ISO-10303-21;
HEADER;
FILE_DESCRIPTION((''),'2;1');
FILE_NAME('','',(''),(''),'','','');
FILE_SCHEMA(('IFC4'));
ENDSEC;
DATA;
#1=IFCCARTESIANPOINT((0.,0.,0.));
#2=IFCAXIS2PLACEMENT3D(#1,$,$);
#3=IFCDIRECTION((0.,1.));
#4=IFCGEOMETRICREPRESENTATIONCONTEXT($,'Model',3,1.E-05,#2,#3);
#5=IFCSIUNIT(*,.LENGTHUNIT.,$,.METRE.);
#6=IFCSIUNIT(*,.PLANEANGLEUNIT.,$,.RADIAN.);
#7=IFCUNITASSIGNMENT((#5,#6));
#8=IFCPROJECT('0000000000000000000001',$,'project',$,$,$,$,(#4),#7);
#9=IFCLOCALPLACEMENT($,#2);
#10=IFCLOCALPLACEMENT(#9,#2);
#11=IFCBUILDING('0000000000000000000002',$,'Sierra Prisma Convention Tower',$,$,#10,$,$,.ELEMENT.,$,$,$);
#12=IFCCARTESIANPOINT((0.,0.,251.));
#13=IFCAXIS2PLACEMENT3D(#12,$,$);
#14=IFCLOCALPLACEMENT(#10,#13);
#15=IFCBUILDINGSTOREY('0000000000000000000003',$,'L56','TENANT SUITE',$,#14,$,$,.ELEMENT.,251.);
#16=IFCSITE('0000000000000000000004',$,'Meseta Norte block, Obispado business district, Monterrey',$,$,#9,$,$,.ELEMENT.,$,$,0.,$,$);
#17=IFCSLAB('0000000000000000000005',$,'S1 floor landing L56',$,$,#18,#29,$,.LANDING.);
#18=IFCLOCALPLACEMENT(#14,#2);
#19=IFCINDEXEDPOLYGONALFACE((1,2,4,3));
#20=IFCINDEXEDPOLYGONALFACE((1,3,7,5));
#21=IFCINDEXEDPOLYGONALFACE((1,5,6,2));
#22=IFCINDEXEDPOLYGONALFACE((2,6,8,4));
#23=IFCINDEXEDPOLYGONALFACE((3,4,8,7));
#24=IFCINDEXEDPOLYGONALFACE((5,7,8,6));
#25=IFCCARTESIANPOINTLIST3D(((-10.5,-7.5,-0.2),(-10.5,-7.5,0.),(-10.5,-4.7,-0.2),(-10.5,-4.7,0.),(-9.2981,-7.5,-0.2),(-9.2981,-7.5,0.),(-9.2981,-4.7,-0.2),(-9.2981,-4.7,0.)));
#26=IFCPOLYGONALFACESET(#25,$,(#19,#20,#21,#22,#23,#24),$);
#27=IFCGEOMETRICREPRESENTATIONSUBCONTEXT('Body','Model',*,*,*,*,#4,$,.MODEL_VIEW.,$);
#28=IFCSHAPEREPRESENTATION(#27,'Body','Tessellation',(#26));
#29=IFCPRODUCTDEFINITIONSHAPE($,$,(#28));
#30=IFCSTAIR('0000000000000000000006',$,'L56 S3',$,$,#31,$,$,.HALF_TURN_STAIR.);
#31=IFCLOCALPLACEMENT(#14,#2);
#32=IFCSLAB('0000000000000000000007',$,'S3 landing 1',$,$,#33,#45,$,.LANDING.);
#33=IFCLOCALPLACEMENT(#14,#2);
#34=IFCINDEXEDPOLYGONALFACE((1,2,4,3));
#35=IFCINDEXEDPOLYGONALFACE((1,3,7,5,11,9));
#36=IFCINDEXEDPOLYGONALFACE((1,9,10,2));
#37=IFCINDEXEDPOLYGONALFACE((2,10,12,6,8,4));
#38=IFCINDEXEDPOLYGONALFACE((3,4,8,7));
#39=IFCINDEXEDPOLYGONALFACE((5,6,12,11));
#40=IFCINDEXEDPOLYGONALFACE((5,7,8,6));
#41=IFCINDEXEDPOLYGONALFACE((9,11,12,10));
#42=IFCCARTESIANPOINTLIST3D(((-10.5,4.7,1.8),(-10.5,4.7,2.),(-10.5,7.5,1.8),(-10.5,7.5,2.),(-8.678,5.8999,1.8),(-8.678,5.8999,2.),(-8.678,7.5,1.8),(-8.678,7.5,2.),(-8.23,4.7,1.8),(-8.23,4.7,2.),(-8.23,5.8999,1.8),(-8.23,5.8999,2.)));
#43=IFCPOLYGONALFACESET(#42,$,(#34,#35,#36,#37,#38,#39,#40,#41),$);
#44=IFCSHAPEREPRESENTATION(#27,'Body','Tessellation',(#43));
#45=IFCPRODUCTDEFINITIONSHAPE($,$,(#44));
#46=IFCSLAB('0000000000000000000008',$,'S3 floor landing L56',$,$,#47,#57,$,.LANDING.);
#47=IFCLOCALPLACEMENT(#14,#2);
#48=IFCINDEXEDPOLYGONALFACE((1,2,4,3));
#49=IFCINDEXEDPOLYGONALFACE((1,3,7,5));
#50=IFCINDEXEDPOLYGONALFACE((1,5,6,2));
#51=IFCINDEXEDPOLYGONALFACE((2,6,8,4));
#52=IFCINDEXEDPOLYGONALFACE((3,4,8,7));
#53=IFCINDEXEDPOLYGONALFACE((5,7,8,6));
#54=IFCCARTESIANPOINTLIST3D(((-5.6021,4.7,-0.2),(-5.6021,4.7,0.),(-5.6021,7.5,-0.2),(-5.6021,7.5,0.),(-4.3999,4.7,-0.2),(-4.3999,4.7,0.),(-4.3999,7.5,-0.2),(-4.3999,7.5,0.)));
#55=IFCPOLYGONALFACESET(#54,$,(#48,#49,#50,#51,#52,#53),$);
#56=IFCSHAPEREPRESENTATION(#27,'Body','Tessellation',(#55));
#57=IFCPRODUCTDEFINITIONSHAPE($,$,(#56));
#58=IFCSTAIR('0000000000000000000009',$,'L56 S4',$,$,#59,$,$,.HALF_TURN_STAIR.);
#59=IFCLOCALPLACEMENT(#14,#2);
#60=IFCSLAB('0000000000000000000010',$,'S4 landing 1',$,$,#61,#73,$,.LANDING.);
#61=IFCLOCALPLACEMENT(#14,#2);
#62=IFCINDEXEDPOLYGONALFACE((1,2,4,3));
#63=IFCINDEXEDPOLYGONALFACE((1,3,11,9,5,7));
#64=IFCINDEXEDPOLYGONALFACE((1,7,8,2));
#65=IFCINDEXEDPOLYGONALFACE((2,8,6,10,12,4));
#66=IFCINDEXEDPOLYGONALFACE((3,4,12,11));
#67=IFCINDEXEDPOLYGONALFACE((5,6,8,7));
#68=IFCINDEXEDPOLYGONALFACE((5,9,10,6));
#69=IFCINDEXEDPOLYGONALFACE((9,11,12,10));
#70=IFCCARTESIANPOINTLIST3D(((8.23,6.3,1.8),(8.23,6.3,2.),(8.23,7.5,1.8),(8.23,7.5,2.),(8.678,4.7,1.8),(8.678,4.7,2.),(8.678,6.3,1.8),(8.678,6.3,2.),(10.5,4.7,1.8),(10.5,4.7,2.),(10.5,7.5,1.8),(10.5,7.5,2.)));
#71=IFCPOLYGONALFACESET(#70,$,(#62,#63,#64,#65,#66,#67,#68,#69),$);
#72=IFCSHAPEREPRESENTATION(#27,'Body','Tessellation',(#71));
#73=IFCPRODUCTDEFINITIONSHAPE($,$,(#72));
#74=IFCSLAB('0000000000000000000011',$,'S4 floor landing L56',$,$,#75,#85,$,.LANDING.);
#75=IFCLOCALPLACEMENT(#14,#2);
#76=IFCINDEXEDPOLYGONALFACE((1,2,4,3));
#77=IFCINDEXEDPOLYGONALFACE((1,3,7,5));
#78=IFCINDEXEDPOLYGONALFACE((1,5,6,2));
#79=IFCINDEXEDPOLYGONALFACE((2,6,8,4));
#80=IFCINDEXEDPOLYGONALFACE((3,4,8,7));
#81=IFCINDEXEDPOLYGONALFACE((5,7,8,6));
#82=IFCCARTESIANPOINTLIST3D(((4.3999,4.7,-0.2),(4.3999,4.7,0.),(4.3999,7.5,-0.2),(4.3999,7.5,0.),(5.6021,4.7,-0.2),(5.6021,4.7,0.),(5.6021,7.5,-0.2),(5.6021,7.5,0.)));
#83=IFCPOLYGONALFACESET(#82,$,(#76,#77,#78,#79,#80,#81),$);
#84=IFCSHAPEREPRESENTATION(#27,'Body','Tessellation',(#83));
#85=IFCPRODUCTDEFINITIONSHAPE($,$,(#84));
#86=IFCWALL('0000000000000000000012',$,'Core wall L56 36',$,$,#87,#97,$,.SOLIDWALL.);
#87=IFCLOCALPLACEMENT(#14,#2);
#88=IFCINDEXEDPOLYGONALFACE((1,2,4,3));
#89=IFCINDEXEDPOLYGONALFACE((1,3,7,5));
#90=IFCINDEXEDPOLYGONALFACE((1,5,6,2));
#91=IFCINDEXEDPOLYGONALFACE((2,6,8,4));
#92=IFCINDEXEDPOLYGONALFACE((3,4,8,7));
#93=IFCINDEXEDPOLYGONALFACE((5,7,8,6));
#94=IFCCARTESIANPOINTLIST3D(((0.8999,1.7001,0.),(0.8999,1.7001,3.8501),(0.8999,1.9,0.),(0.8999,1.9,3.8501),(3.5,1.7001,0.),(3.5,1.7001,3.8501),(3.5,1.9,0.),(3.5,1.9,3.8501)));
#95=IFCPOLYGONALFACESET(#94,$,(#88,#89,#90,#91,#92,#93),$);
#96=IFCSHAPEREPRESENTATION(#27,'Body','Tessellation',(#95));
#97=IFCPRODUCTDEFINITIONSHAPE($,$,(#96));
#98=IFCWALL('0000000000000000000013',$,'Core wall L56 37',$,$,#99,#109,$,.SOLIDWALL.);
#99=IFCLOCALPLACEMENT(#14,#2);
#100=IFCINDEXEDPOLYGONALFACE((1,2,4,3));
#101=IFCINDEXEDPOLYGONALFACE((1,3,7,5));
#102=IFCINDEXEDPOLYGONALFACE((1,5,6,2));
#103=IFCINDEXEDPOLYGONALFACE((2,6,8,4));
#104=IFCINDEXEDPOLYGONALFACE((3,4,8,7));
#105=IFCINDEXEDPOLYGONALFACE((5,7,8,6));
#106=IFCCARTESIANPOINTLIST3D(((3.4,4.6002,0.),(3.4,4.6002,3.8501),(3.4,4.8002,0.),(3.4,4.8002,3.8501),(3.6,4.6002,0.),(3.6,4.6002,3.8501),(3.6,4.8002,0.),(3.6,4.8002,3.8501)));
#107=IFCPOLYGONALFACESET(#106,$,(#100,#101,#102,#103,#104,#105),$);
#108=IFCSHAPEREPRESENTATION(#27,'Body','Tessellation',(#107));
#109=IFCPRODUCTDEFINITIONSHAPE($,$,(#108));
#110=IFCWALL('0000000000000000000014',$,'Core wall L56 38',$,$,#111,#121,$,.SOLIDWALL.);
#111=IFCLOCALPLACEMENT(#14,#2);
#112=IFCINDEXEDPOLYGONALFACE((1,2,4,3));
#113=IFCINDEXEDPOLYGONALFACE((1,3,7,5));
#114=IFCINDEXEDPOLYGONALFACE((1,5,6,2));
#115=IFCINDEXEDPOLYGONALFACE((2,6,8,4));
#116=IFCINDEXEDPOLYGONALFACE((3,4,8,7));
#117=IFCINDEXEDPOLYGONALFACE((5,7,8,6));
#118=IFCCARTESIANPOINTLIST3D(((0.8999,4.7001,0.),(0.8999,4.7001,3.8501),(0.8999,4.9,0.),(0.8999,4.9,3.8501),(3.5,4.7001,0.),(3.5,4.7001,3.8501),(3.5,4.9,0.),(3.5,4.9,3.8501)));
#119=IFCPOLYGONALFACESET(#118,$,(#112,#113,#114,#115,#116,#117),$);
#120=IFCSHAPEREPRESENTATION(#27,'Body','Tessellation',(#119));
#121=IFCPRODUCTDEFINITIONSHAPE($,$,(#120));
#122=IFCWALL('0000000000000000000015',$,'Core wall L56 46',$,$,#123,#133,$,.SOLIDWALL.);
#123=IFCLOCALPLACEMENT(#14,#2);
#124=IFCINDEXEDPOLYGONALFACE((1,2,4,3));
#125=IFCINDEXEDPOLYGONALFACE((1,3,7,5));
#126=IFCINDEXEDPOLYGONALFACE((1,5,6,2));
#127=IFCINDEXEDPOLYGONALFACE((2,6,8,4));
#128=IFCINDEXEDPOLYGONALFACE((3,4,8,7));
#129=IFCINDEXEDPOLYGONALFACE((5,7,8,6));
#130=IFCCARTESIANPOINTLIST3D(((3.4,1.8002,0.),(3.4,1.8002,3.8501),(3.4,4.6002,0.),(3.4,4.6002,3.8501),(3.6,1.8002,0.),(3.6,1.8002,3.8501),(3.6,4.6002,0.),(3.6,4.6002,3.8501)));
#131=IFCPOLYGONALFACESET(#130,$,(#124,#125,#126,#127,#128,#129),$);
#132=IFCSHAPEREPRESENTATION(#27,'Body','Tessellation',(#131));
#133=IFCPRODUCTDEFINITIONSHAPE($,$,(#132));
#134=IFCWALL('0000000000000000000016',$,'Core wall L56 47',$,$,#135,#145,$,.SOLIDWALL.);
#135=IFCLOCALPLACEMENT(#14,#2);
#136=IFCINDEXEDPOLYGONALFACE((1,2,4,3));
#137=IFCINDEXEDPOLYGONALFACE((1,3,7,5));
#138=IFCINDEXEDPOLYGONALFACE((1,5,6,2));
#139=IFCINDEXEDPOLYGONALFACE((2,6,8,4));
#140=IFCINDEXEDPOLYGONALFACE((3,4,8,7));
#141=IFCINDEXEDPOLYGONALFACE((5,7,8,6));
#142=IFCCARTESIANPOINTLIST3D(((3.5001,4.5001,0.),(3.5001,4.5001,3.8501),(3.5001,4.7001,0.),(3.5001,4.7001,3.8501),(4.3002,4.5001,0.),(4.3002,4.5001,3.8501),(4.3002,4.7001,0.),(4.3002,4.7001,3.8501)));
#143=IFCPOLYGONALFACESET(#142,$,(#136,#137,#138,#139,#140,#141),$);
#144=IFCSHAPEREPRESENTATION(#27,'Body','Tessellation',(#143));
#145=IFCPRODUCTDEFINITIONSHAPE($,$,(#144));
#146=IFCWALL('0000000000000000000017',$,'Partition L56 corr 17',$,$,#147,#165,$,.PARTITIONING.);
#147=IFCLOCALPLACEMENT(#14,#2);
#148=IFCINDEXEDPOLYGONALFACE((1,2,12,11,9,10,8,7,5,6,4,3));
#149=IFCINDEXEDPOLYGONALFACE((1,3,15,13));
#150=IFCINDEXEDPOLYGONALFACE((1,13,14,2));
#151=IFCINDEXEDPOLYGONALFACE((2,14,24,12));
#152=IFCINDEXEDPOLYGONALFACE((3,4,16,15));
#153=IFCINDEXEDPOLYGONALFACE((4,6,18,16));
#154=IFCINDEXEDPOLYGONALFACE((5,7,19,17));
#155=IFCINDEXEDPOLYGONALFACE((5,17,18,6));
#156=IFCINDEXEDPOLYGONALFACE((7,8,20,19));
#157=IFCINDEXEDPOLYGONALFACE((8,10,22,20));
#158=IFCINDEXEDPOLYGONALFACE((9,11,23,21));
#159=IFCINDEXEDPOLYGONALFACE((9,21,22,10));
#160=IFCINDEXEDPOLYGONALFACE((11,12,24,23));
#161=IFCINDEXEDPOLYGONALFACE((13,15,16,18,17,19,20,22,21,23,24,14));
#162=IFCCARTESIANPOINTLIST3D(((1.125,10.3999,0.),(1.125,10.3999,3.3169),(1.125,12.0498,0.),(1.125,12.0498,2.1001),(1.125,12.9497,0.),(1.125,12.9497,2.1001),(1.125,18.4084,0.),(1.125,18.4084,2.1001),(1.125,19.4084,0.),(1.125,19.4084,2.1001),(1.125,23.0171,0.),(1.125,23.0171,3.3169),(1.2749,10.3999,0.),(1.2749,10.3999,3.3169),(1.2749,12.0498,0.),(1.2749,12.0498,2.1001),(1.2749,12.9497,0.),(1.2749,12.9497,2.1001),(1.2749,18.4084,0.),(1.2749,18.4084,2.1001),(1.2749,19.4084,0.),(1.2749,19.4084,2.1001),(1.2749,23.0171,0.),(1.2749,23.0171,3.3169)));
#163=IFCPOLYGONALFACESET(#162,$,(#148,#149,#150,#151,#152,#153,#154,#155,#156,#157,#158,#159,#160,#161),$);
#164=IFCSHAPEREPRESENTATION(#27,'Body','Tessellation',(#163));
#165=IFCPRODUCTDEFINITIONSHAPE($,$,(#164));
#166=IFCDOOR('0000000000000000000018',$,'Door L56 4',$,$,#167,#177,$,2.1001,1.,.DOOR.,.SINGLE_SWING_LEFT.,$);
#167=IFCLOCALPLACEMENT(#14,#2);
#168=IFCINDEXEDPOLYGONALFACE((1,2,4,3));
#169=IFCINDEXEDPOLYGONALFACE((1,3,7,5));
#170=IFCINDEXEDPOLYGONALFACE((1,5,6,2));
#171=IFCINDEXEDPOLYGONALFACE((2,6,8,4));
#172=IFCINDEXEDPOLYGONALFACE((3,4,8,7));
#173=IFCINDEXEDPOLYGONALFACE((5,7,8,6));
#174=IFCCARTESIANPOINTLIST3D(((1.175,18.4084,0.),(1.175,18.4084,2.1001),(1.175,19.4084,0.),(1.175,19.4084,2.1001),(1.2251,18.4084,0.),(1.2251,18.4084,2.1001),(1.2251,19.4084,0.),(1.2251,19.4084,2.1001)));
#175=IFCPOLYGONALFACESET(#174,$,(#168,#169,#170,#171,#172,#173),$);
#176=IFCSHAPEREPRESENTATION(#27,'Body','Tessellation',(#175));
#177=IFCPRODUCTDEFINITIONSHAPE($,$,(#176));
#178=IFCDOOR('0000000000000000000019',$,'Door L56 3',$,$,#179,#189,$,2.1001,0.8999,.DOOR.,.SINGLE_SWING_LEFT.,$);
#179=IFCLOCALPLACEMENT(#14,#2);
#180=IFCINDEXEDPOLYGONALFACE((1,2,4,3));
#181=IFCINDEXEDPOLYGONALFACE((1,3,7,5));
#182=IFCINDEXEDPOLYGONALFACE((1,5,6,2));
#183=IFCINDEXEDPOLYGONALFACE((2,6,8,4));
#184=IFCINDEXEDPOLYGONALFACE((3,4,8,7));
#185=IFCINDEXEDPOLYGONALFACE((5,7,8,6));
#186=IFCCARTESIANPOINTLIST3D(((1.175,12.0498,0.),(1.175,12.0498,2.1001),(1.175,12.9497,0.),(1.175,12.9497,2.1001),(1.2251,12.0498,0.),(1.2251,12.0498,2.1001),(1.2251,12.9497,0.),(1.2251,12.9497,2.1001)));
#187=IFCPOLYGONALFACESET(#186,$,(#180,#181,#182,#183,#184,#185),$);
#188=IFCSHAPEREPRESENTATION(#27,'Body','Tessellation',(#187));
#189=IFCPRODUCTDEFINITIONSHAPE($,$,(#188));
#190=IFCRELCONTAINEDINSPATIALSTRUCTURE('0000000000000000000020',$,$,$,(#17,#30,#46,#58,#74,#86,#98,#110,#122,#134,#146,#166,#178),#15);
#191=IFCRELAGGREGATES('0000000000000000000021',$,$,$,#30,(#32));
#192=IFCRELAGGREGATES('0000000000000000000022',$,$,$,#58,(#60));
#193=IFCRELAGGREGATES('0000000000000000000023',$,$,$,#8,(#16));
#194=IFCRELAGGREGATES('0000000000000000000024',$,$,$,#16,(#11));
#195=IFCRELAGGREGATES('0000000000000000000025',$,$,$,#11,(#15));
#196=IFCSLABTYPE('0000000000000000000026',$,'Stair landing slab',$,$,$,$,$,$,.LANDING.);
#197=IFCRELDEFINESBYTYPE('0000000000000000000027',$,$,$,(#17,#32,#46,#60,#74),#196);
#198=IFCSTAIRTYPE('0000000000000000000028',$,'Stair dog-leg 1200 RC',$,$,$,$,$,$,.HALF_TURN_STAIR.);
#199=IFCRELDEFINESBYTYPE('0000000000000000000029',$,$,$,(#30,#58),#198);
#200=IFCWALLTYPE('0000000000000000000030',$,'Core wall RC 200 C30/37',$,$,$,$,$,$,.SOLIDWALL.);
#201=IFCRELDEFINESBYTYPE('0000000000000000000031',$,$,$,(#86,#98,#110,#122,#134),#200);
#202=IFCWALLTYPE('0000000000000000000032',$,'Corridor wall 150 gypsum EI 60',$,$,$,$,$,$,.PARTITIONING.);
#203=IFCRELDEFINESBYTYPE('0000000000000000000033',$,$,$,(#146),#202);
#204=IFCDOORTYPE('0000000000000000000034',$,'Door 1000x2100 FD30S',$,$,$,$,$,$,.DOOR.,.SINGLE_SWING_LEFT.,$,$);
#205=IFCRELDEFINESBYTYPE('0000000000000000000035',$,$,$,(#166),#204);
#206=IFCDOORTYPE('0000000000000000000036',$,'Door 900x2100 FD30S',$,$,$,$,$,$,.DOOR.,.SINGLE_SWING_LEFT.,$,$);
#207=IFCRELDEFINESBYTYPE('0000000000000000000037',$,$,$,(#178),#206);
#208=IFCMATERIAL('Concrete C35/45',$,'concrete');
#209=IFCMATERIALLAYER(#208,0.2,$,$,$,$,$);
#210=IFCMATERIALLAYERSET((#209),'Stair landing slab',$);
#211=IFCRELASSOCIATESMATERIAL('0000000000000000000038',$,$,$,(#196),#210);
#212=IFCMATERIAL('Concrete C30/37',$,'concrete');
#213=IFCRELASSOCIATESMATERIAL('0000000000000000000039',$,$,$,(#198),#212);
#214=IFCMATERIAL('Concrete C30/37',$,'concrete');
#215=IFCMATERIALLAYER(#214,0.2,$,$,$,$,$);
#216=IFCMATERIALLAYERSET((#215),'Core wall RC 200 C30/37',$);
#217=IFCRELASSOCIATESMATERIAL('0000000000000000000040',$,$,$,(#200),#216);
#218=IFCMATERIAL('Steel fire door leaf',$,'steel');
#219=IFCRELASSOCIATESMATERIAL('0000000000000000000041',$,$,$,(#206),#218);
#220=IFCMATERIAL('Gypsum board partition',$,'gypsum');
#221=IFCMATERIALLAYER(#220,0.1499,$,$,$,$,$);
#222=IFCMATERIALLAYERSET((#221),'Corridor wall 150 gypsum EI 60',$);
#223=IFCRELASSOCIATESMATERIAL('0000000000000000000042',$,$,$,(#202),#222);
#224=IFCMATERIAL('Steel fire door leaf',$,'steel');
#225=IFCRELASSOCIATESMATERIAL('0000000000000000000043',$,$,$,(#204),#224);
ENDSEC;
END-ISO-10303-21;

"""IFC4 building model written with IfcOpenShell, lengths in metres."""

from ifc_helpers import new_model, si_unit, direction, frame, frame_2d, origin, place, context, subcontext, project, spatial, polyline, rectangle, outline, extrude, material, layer, layer_set, type_object, element, fill, aggregate, save


model = new_model("IFC4")

# Units and contexts
model_context = context("Model", 3, precision=1e-05, world=origin(), true_north=direction((0.0, 1.0)))
body_context = subcontext(model_context, "Body", "Model", "MODEL_VIEW")
ifc_project = project(units=[si_unit("LENGTHUNIT", "METRE"), si_unit("PLANEANGLEUNIT", "RADIAN")], contexts=[model_context])

# Site, building, storey
site_placement = place(None, origin())
site = spatial("IfcSite", under=ifc_project, at=site_placement, Name="Meseta Norte block, Obispado business district, Monterrey", CompositionType="ELEMENT", RefElevation=0.0)
building_placement = place(site_placement, origin())
building = spatial("IfcBuilding", under=site, at=building_placement, Name="Sierra Prisma Convention Tower", CompositionType="ELEMENT")
storey_placement = place(building_placement, frame((0.0, 0.0, 251.0)))
storey = spatial("IfcBuildingStorey", under=building, at=storey_placement, Name="L56", Description="TENANT SUITE", CompositionType="ELEMENT", Elevation=251.0)

# Slab
ifc_material_1 = material(Name="Concrete C35/45", Category="concrete")
ifc_layer_1 = layer(ifc_material_1, 0.2)
ifc_layer_set_1 = layer_set([ifc_layer_1], Name="Stair landing slab")
slab_type = type_object("IfcSlabType", Name="Stair landing slab", PredefinedType="LANDING", material=ifc_layer_set_1)
slab_1_placement = place(storey_placement, frame((0.0, 0.0, -0.2)))
element("IfcSlab", 1, at=slab_1_placement, inside=storey, type_object=slab_type, Name="S1 floor landing L56", PredefinedType="LANDING", context=body_context, shape_type="SweptSolid", body=[
    extrude(outline(polyline([(-10.5, -7.5), (-9.2981, -7.5), (-9.2981, -4.7), (-10.5, -4.7), (-10.5, -7.5)])), origin(), (0.0, 0.0, 1.0), 0.2),
])

# Stair, slab
ifc_material_2 = material(Name="Concrete C30/37", Category="concrete")
stair_type = type_object("IfcStairType", Name="Stair dog-leg 1200 RC", PredefinedType="HALF_TURN_STAIR", material=ifc_material_2)
stair_1_placement = place(storey_placement, origin())
stair_1 = element("IfcStair", 2, at=stair_1_placement, inside=storey, type_object=stair_type, Name="L56 S3", PredefinedType="HALF_TURN_STAIR")
slab_2_placement = place(storey_placement, frame((0.0, 0.0, 1.8)))
slab_2 = element("IfcSlab", 3, at=slab_2_placement, type_object=slab_type, Name="S3 landing 1", PredefinedType="LANDING", context=body_context, shape_type="SweptSolid", body=[
    extrude(outline(polyline([(-8.23, 5.8999), (-8.23, 4.7), (-10.5, 4.7), (-10.5, 7.5), (-8.678, 7.5), (-8.678, 5.8999), (-8.23, 5.8999)])), origin(), (0.0, 0.0, 1.0), 0.2),
])
aggregate(stair_1, [slab_2])

# Slab
slab_3_placement = place(storey_placement, frame((0.0, 0.0, -0.2)))
element("IfcSlab", 4, at=slab_3_placement, inside=storey, type_object=slab_type, Name="S3 floor landing L56", PredefinedType="LANDING", context=body_context, shape_type="SweptSolid", body=[
    extrude(outline(polyline([(-4.3999, 7.5), (-5.6021, 7.5), (-5.6021, 4.7), (-4.3999, 4.7), (-4.3999, 7.5)])), origin(), (0.0, 0.0, 1.0), 0.2),
])

# Stair, slab
stair_2_placement = place(storey_placement, origin())
stair_2 = element("IfcStair", 5, at=stair_2_placement, inside=storey, type_object=stair_type, Name="L56 S4", PredefinedType="HALF_TURN_STAIR")
slab_4_placement = place(storey_placement, frame((0.0, 0.0, 1.8)))
slab_4 = element("IfcSlab", 6, at=slab_4_placement, type_object=slab_type, Name="S4 landing 1", PredefinedType="LANDING", context=body_context, shape_type="SweptSolid", body=[
    extrude(outline(polyline([(10.5, 7.5), (10.5, 4.7), (8.678, 4.7), (8.678, 6.3), (8.23, 6.3), (8.23, 7.5), (10.5, 7.5)])), origin(), (0.0, 0.0, 1.0), 0.2),
])
aggregate(stair_2, [slab_4])

# Slab
slab_5_placement = place(storey_placement, frame((0.0, 0.0, -0.2)))
element("IfcSlab", 7, at=slab_5_placement, inside=storey, type_object=slab_type, Name="S4 floor landing L56", PredefinedType="LANDING", context=body_context, shape_type="SweptSolid", body=[
    extrude(outline(polyline([(4.3999, 4.7), (5.6021, 4.7), (5.6021, 7.5), (4.3999, 7.5), (4.3999, 4.7)])), origin(), (0.0, 0.0, 1.0), 0.2),
])

# Shared definitions
ifc_material_3 = material(Name="Concrete C30/37", Category="concrete")
ifc_layer_2 = layer(ifc_material_3, 0.2)
ifc_layer_set_2 = layer_set([ifc_layer_2], Name="Core wall RC 200 C30/37")
wall_type_1 = type_object("IfcWallType", Name="Core wall RC 200 C30/37", PredefinedType="SOLIDWALL", material=ifc_layer_set_2)

# Walls
wall_1_placement = place(storey_placement, frame((3.5, 1.8, 0.0), z_axis=(0.0, 0.0, 1.0), x_axis=(-1.0, 0.0, 0.0)))
element("IfcWall", 8, at=wall_1_placement, inside=storey, type_object=wall_type_1, Name="Core wall L56 36", PredefinedType="SOLIDWALL", context=body_context, shape_type="SweptSolid", body=[
    extrude(rectangle(XDim=2.6001, YDim=0.2, at=frame_2d((1.3, 0.0))), origin(), (0.0, 0.0, 1.0), 3.8501),
])
wall_2_placement = place(storey_placement, frame((3.5, 4.6001, 0.0), z_axis=(0.0, 0.0, 1.0), x_axis=(0.0, 1.0, 0.0)))
element("IfcWall", 9, at=wall_2_placement, inside=storey, type_object=wall_type_1, Name="Core wall L56 37", PredefinedType="SOLIDWALL", context=body_context, shape_type="SweptSolid", body=[
    extrude(rectangle(XDim=0.2, YDim=0.2, at=frame_2d((0.1001, 0.0))), origin(), (0.0, 0.0, 1.0), 3.8501),
])
wall_3_placement = place(storey_placement, frame((3.5, 4.8, 0.0), z_axis=(0.0, 0.0, 1.0), x_axis=(-1.0, 0.0, 0.0)))
element("IfcWall", 10, at=wall_3_placement, inside=storey, type_object=wall_type_1, Name="Core wall L56 38", PredefinedType="SOLIDWALL", context=body_context, shape_type="SweptSolid", body=[
    extrude(rectangle(XDim=2.6001, YDim=0.2, at=frame_2d((1.3, 0.0))), origin(), (0.0, 0.0, 1.0), 3.8501),
])

# Shared definitions
ifc_material_4 = material(Name="Steel fire door leaf", Category="steel")
door_type_1 = type_object("IfcDoorType", Name="Door 900x2100 FD30S", OperationType="SINGLE_SWING_LEFT", PredefinedType="DOOR", material=ifc_material_4)

# Walls
wall_4_placement = place(storey_placement, frame((3.5, 4.6001, 0.0), z_axis=(0.0, 0.0, 1.0), x_axis=(0.0, -1.0, 0.0)))
element("IfcWall", 11, at=wall_4_placement, inside=storey, type_object=wall_type_1, Name="Core wall L56 46", PredefinedType="SOLIDWALL", context=body_context, shape_type="SweptSolid", body=[
    extrude(rectangle(XDim=2.8, YDim=0.2, at=frame_2d((1.3999, 0.0))), origin(), (0.0, 0.0, 1.0), 3.8501),
])
wall_5_placement = place(storey_placement, frame((4.3, 4.6001, 0.0), z_axis=(0.0, 0.0, 1.0), x_axis=(-1.0, 0.0, 0.0)))
element("IfcWall", 12, at=wall_5_placement, inside=storey, type_object=wall_type_1, Name="Core wall L56 47", PredefinedType="SOLIDWALL", context=body_context, shape_type="SweptSolid", body=[
    extrude(rectangle(XDim=0.8, YDim=0.2, at=frame_2d((0.3999, 0.0))), origin(), (0.0, 0.0, 1.0), 3.8501),
])

# Wall, openings, doors
ifc_material_5 = material(Name="Gypsum board partition", Category="gypsum")
ifc_layer_3 = layer(ifc_material_5, 0.1499)
ifc_layer_set_3 = layer_set([ifc_layer_3], Name="Corridor wall 150 gypsum EI 60")
wall_type_2 = type_object("IfcWallType", Name="Corridor wall 150 gypsum EI 60", PredefinedType="PARTITIONING", material=ifc_layer_set_3)
wall_6_placement = place(storey_placement, frame((1.2, 10.3999, 0.0), z_axis=(0.0, 0.0, 1.0), x_axis=(0.0, 1.0, 0.0)))
wall_6 = element("IfcWall", 13, at=wall_6_placement, inside=storey, type_object=wall_type_2, Name="Partition L56 corr 17", PredefinedType="PARTITIONING", context=body_context, shape_type="SweptSolid", body=[
    extrude(rectangle(XDim=12.6172, YDim=0.1499, at=frame_2d((6.3086, 0.0))), origin(), (0.0, 0.0, 1.0), 3.3169),
])
opening_1_placement = place(wall_6_placement, frame((1.6499, 0.0, 0.0)))
opening_1 = element("IfcOpeningElement", 14, at=opening_1_placement, cuts=wall_6, PredefinedType="OPENING", context=body_context, shape_type="SweptSolid", body=[
    extrude(rectangle(XDim=0.8999, YDim=2.1001, at=frame_2d((0.45, 1.05))), frame((0.0, 0.075, 0.0), z_axis=(0.0, -1.0, 0.0), x_axis=(1.0, 0.0, 0.0)), (0.0, 0.0, 1.0), 0.1499),
])
opening_2_placement = place(wall_6_placement, frame((8.0085, 0.0, 0.0)))
opening_2 = element("IfcOpeningElement", 15, at=opening_2_placement, cuts=wall_6, PredefinedType="OPENING", context=body_context, shape_type="SweptSolid", body=[
    extrude(rectangle(XDim=1.0, YDim=2.1001, at=frame_2d((0.5, 1.05))), frame((0.0, 0.075, 0.0), z_axis=(0.0, -1.0, 0.0), x_axis=(1.0, 0.0, 0.0)), (0.0, 0.0, 1.0), 0.1499),
])
ifc_material_6 = material(Name="Steel fire door leaf", Category="steel")
door_type_2 = type_object("IfcDoorType", Name="Door 1000x2100 FD30S", OperationType="SINGLE_SWING_LEFT", PredefinedType="DOOR", material=ifc_material_6)
door_1_placement = place(opening_2_placement, origin())
door_1 = element("IfcDoor", 16, at=door_1_placement, inside=storey, type_object=door_type_2, Name="Door L56 4", OperationType="SINGLE_SWING_LEFT", OverallHeight=2.1001, OverallWidth=1.0, PredefinedType="DOOR", context=body_context, shape_type="SweptSolid", body=[
    extrude(rectangle(XDim=1.0, YDim=2.1001, at=frame_2d((0.5, 1.05))), frame((0.0, 0.0249, 0.0), z_axis=(0.0, -1.0, 0.0), x_axis=(1.0, 0.0, 0.0)), (0.0, 0.0, 1.0), 0.05),
])
fill(opening_2, door_1)
door_2_placement = place(opening_1_placement, origin())
door_2 = element("IfcDoor", 17, at=door_2_placement, inside=storey, type_object=door_type_1, Name="Door L56 3", OperationType="SINGLE_SWING_LEFT", OverallHeight=2.1001, OverallWidth=0.8999, PredefinedType="DOOR", context=body_context, shape_type="SweptSolid", body=[
    extrude(rectangle(XDim=0.8999, YDim=2.1001, at=frame_2d((0.45, 1.05))), frame((0.0, 0.0249, 0.0), z_axis=(0.0, -1.0, 0.0), x_axis=(1.0, 0.0, 0.0)), (0.0, 0.0, 1.0), 0.05),
])
fill(opening_1, door_2)

save(model, "model.ifc")
